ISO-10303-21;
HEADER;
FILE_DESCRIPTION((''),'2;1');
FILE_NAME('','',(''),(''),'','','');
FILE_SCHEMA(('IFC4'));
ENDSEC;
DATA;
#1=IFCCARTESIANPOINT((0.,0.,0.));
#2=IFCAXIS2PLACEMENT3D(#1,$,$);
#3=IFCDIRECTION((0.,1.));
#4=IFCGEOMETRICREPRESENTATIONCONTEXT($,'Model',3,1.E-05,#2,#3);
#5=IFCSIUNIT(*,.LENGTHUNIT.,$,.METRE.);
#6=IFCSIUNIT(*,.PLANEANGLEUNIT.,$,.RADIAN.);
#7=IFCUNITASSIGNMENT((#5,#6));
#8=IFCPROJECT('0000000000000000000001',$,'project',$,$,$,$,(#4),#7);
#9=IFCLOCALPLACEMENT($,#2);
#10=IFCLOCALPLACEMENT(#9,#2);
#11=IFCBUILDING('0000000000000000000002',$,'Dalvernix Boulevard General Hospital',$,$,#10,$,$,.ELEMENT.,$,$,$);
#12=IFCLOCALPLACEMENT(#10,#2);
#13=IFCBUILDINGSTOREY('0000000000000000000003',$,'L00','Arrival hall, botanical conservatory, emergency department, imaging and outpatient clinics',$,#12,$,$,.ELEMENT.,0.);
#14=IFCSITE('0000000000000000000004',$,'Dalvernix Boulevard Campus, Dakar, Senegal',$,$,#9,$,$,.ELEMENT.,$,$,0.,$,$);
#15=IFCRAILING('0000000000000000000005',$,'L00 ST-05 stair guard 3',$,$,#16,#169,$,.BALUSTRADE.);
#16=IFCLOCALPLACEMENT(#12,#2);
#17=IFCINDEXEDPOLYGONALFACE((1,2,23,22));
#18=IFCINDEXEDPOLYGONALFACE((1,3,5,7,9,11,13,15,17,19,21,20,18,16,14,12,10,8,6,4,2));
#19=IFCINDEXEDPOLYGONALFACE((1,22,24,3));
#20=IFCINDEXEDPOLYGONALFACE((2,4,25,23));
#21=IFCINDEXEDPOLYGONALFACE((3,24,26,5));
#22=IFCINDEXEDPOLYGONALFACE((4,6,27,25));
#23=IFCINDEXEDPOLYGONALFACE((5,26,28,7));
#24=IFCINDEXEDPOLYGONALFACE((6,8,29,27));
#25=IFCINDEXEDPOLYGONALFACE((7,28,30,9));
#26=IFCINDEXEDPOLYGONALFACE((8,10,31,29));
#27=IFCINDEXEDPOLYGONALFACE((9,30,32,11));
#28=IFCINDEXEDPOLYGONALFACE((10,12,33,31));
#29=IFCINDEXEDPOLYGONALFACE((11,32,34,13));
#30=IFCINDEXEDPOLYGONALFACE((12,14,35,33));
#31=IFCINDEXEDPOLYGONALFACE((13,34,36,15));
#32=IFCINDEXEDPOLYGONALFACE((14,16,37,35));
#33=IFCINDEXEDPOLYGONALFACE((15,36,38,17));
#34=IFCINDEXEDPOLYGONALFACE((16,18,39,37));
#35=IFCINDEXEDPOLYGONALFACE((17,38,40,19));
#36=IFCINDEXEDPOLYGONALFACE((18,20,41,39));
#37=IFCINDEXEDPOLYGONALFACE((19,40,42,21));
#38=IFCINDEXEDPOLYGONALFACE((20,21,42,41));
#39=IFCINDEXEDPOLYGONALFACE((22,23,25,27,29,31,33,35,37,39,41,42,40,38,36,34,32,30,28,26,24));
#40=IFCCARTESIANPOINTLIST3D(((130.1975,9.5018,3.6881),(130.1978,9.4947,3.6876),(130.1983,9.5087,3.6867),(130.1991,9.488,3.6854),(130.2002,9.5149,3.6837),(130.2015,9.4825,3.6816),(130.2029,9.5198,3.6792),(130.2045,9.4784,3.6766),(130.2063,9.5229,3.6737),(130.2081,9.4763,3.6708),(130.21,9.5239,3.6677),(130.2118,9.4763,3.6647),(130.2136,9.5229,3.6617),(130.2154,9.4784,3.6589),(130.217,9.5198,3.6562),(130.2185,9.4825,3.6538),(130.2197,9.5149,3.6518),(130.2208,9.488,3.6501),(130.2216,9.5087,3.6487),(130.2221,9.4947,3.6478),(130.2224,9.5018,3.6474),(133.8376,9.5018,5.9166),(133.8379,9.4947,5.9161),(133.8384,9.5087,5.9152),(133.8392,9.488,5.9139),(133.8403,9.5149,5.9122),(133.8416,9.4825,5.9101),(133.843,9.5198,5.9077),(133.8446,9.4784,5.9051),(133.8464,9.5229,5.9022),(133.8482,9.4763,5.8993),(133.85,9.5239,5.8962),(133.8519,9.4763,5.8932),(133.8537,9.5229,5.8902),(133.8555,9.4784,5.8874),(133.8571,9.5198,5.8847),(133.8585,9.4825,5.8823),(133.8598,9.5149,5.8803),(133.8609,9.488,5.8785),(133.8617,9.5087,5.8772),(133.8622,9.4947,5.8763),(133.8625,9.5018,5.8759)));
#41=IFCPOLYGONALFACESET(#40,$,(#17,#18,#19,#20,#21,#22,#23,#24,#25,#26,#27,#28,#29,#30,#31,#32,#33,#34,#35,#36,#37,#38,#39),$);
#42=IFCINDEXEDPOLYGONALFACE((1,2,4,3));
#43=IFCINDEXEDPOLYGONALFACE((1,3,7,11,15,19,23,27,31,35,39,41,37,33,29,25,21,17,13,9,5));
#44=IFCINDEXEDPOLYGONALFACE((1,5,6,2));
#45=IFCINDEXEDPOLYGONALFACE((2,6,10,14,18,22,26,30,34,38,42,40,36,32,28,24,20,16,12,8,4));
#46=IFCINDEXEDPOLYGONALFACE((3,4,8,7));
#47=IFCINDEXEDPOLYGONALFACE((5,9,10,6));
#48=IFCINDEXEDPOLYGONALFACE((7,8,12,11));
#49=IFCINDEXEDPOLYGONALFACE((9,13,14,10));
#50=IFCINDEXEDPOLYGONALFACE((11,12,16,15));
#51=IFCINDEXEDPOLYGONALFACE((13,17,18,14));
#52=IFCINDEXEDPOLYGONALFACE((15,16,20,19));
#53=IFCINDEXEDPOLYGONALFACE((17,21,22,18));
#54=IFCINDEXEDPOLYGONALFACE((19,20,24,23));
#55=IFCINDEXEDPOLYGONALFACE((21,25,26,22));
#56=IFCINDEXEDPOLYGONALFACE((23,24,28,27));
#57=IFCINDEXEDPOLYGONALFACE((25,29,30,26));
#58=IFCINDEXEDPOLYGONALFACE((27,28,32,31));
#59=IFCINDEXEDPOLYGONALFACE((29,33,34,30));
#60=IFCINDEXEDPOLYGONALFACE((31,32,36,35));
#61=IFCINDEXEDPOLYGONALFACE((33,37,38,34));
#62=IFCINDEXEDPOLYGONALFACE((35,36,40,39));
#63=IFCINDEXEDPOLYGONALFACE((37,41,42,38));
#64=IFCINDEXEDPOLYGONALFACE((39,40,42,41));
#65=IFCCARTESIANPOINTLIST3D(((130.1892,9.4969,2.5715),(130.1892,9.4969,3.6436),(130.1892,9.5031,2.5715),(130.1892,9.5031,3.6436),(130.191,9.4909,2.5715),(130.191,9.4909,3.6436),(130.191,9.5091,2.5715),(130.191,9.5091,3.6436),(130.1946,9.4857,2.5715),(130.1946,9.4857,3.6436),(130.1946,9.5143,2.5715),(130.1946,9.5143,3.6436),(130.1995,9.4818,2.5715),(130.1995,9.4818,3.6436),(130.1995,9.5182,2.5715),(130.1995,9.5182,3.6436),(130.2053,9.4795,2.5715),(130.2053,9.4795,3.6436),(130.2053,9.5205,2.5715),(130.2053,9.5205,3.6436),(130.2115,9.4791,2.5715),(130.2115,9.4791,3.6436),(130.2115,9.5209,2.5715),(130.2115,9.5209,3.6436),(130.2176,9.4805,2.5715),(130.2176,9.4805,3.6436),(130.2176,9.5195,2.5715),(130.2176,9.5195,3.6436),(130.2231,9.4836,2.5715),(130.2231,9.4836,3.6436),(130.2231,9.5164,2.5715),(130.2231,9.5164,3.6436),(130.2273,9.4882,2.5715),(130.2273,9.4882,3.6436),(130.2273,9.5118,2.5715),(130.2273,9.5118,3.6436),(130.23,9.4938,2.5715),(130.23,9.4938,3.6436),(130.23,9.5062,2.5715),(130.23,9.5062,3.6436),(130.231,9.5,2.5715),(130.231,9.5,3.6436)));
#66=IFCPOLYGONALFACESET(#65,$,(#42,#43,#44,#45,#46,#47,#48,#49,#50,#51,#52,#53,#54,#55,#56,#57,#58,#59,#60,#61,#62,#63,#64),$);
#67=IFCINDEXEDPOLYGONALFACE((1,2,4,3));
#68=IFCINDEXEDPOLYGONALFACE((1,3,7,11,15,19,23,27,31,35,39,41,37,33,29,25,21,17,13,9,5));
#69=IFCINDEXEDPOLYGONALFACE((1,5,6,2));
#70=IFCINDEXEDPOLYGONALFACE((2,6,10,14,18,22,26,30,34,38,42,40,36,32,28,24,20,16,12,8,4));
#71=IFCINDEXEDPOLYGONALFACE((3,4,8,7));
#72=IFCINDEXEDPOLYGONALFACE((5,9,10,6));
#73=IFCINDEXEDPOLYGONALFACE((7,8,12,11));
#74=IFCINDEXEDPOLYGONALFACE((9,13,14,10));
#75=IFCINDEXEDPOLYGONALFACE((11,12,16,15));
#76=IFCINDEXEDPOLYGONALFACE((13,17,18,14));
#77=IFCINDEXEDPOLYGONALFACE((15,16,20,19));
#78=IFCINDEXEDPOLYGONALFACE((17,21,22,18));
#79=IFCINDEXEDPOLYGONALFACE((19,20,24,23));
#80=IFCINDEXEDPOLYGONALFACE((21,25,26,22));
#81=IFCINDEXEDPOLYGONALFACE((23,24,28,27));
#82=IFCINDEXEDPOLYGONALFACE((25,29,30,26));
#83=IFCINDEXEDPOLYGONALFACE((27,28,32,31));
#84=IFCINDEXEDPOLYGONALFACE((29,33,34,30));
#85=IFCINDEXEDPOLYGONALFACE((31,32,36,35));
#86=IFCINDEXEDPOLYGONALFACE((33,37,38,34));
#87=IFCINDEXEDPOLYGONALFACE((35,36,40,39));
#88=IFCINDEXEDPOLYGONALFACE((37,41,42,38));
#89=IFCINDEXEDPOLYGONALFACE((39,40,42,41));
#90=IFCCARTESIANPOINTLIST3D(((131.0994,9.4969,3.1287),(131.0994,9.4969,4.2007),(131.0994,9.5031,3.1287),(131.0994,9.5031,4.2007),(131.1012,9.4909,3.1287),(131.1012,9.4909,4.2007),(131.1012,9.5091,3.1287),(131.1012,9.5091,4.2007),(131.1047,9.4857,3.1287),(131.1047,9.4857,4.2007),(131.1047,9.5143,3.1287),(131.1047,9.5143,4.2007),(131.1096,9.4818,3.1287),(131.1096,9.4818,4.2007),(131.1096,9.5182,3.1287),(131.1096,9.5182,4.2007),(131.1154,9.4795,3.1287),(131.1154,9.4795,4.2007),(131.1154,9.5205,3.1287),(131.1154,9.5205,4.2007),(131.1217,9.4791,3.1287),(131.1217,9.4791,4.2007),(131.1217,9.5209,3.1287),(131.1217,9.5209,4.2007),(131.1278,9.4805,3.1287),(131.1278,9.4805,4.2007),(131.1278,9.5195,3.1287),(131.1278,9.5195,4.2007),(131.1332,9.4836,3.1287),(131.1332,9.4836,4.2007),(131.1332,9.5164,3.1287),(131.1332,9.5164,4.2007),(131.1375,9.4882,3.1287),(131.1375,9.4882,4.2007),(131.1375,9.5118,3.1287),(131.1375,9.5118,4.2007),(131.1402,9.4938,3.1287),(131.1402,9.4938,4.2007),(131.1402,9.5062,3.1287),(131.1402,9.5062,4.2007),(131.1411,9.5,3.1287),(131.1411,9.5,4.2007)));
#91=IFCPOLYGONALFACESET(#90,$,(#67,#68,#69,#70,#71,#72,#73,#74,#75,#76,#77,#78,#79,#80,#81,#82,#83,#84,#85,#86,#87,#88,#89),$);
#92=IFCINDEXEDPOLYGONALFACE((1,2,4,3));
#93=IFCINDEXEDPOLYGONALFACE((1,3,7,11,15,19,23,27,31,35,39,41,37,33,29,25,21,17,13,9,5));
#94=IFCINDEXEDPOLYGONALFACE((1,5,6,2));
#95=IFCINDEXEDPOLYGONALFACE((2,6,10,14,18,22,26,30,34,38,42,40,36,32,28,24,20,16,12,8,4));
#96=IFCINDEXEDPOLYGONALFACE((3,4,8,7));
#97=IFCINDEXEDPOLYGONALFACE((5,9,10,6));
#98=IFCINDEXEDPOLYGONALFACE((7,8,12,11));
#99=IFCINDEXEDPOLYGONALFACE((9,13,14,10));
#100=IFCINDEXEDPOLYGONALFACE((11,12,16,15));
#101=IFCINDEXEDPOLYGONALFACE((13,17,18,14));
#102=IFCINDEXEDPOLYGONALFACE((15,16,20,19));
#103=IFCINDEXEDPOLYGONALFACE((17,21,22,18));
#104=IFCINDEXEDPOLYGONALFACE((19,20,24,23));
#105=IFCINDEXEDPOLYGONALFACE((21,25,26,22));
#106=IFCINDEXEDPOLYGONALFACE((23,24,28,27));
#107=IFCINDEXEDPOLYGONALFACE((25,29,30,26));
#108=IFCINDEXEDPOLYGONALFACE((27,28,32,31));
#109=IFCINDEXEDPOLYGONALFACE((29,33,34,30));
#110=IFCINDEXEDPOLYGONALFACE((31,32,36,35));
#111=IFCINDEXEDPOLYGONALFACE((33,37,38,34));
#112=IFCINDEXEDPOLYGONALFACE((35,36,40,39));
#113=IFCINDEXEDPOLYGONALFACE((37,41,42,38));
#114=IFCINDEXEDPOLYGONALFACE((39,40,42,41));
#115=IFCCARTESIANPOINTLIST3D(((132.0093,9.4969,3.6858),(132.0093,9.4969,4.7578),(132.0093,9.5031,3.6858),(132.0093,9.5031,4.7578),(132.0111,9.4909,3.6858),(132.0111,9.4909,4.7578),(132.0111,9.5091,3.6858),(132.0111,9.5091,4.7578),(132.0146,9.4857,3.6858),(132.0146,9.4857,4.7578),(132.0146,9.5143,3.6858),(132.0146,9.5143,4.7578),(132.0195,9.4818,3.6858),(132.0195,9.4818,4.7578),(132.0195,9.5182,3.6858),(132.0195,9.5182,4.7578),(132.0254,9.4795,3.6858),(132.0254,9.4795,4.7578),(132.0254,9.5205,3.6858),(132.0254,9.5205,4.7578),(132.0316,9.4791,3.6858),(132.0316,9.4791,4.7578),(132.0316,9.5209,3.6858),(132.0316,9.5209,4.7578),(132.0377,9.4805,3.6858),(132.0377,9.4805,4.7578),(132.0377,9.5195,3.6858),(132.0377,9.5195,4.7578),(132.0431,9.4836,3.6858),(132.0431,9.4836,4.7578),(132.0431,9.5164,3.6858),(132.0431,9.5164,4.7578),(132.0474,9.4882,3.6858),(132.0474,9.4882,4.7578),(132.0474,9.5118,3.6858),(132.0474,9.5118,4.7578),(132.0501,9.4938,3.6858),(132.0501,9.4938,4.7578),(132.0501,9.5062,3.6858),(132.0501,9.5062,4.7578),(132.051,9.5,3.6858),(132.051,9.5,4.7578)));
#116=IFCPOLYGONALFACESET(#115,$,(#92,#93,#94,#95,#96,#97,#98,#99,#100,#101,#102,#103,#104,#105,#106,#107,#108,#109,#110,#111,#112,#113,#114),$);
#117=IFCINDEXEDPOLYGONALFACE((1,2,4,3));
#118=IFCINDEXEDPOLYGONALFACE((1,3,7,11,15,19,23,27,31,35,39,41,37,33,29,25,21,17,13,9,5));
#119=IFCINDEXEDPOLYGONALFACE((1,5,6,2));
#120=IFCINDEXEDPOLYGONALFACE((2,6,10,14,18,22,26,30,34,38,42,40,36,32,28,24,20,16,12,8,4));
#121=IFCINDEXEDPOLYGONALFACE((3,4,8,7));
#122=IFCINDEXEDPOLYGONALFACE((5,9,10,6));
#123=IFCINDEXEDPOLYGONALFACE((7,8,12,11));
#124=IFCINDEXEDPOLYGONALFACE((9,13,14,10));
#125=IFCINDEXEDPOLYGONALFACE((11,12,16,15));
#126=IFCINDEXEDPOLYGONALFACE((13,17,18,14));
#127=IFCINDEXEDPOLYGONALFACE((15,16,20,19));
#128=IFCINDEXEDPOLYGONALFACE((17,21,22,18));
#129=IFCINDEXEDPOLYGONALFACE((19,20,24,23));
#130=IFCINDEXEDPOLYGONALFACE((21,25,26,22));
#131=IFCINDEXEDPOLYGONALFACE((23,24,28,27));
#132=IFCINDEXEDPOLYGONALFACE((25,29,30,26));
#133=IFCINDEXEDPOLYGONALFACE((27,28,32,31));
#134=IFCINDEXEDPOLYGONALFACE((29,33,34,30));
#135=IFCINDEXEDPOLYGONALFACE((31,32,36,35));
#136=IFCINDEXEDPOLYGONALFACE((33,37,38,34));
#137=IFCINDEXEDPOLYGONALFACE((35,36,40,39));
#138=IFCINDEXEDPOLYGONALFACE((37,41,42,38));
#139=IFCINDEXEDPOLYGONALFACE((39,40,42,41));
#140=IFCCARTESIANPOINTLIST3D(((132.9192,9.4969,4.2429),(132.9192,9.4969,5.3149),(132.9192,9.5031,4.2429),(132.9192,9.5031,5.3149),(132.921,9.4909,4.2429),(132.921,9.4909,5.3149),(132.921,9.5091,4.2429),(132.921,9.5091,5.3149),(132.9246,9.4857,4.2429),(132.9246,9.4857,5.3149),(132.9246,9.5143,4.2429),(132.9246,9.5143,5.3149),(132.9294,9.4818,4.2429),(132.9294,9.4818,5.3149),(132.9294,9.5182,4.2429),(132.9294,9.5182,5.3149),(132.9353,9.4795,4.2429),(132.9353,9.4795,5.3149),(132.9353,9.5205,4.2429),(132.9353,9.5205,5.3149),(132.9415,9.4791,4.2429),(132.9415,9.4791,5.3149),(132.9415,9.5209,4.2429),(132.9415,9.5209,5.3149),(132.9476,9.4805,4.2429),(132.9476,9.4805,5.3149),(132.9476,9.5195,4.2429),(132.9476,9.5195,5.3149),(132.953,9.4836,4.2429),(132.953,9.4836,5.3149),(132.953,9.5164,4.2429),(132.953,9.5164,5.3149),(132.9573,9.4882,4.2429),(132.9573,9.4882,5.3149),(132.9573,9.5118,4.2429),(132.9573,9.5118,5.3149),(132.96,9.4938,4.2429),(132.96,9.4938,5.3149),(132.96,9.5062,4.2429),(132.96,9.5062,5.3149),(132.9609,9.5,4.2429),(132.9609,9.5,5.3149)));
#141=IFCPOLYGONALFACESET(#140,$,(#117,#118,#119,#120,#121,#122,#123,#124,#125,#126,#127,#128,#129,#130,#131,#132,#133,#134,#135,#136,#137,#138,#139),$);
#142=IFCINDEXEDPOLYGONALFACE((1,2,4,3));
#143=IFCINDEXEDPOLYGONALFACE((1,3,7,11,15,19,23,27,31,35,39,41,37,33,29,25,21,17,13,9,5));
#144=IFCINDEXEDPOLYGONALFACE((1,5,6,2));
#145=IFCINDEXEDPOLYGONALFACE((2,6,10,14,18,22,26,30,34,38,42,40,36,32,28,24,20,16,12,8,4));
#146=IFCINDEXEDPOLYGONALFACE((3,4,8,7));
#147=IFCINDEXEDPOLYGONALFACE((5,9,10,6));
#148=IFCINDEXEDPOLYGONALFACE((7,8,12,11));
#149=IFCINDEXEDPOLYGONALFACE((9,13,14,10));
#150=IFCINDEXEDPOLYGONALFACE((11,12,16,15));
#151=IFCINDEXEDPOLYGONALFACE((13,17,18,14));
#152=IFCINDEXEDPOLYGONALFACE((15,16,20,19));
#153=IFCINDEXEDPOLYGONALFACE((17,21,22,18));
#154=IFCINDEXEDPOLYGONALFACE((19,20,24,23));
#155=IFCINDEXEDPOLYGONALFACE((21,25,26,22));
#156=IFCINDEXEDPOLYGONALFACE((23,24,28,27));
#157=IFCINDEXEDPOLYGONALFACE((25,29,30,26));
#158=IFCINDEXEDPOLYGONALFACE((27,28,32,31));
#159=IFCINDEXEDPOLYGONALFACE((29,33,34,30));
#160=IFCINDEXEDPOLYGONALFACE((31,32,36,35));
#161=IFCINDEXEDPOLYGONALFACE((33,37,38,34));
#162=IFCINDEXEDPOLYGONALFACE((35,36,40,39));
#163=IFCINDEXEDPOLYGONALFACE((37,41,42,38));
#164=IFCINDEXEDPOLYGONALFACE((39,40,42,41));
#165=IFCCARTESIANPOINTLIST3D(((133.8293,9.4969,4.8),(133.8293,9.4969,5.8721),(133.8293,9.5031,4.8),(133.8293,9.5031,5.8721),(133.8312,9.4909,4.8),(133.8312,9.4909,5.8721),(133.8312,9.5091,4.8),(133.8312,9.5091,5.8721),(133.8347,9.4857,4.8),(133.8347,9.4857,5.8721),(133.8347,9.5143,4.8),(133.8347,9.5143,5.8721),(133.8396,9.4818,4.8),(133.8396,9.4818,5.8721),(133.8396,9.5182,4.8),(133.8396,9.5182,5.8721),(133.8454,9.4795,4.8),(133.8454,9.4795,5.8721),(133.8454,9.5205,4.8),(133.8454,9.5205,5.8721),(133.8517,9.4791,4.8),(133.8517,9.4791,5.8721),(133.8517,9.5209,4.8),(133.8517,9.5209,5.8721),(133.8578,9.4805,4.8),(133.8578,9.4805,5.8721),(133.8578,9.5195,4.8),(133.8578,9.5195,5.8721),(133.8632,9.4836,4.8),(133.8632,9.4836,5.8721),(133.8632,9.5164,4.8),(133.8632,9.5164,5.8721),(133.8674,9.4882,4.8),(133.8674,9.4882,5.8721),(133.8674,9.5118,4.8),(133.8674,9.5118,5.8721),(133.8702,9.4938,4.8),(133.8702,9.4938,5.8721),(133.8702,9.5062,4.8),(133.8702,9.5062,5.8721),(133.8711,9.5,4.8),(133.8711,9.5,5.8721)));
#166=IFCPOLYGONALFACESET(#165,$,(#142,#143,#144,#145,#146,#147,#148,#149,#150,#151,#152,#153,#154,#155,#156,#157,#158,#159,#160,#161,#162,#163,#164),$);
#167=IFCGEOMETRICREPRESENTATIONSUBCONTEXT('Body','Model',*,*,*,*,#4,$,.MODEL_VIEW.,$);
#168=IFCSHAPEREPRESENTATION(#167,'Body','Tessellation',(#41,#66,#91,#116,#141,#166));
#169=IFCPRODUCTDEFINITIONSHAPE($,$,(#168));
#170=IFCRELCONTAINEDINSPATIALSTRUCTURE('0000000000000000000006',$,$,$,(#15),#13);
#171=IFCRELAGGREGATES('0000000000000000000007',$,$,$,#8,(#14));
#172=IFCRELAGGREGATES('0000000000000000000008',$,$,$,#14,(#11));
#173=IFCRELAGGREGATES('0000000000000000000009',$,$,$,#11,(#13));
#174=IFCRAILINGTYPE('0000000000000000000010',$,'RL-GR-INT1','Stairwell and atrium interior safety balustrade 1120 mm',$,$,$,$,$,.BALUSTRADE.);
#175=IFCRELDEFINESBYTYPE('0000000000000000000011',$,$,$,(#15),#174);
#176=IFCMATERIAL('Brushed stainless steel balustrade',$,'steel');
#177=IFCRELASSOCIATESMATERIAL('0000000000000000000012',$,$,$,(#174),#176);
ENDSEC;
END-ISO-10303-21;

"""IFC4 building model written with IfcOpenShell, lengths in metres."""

from ifc_helpers import new_model, si_unit, direction, frame, origin, origin_2d, place, context, subcontext, project, spatial, circle, extrude, material, type_object, element, save


model = new_model("IFC4")

# Units and contexts
model_context = context("Model", 3, precision=1e-05, world=origin(), true_north=direction((0.0, 1.0)))
body_context = subcontext(model_context, "Body", "Model", "MODEL_VIEW")
ifc_project = project(units=[si_unit("LENGTHUNIT", "METRE"), si_unit("PLANEANGLEUNIT", "RADIAN")], contexts=[model_context])

# Site, building, storey
site_placement = place(None, origin())
site = spatial("IfcSite", under=ifc_project, at=site_placement, Name="Dalvernix Boulevard Campus, Dakar, Senegal", CompositionType="ELEMENT", RefElevation=0.0)
building_placement = place(site_placement, origin())
building = spatial("IfcBuilding", under=site, at=building_placement, Name="Dalvernix Boulevard General Hospital", CompositionType="ELEMENT")
storey_placement = place(building_placement, origin())
storey = spatial("IfcBuildingStorey", under=building, at=storey_placement, Name="L00", Description="Arrival hall, botanical conservatory, emergency department, imaging and outpatient clinics", CompositionType="ELEMENT", Elevation=0.0)

# Railing
ifc_material_1 = material(Name="Brushed stainless steel balustrade", Category="steel")
railing_type_1 = type_object("IfcRailingType", Name="RL-GR-INT1", Description="Stairwell and atrium interior safety balustrade 1120 mm", PredefinedType="BALUSTRADE", material=ifc_material_1)
railing_1_placement = place(storey_placement, frame((130.21, 9.5, 2.5715)))
element("IfcRailing", 1, at=railing_1_placement, inside=storey, type_object=railing_type_1, Name="L00 ST-05 stair guard 3", PredefinedType="BALUSTRADE", context=body_context, shape_type="SweptSolid", body=[
    extrude(circle(Radius=0.0239, at=origin_2d()), frame((0.0, 0.0, 1.0962), z_axis=(0.852866, 0.0, 0.52213), x_axis=(0.0, 1.0, 0.0)), (0.0, 0.0, 1.0), 4.2681),
    extrude(circle(Radius=0.021, at=origin_2d()), origin(), (0.0, 0.0, 1.0), 1.072),
    extrude(circle(Radius=0.021, at=origin_2d()), frame((0.9102, 0.0, 0.5571)), (0.0, 0.0, 1.0), 1.072),
    extrude(circle(Radius=0.021, at=origin_2d()), frame((1.8201, 0.0, 1.1143)), (0.0, 0.0, 1.0), 1.072),
    extrude(circle(Radius=0.021, at=origin_2d()), frame((2.73, 0.0, 1.6714)), (0.0, 0.0, 1.0), 1.072),
    extrude(circle(Radius=0.021, at=origin_2d()), frame((3.6401, 0.0, 2.2285)), (0.0, 0.0, 1.0), 1.072),
])

save(model, "model.ifc")
